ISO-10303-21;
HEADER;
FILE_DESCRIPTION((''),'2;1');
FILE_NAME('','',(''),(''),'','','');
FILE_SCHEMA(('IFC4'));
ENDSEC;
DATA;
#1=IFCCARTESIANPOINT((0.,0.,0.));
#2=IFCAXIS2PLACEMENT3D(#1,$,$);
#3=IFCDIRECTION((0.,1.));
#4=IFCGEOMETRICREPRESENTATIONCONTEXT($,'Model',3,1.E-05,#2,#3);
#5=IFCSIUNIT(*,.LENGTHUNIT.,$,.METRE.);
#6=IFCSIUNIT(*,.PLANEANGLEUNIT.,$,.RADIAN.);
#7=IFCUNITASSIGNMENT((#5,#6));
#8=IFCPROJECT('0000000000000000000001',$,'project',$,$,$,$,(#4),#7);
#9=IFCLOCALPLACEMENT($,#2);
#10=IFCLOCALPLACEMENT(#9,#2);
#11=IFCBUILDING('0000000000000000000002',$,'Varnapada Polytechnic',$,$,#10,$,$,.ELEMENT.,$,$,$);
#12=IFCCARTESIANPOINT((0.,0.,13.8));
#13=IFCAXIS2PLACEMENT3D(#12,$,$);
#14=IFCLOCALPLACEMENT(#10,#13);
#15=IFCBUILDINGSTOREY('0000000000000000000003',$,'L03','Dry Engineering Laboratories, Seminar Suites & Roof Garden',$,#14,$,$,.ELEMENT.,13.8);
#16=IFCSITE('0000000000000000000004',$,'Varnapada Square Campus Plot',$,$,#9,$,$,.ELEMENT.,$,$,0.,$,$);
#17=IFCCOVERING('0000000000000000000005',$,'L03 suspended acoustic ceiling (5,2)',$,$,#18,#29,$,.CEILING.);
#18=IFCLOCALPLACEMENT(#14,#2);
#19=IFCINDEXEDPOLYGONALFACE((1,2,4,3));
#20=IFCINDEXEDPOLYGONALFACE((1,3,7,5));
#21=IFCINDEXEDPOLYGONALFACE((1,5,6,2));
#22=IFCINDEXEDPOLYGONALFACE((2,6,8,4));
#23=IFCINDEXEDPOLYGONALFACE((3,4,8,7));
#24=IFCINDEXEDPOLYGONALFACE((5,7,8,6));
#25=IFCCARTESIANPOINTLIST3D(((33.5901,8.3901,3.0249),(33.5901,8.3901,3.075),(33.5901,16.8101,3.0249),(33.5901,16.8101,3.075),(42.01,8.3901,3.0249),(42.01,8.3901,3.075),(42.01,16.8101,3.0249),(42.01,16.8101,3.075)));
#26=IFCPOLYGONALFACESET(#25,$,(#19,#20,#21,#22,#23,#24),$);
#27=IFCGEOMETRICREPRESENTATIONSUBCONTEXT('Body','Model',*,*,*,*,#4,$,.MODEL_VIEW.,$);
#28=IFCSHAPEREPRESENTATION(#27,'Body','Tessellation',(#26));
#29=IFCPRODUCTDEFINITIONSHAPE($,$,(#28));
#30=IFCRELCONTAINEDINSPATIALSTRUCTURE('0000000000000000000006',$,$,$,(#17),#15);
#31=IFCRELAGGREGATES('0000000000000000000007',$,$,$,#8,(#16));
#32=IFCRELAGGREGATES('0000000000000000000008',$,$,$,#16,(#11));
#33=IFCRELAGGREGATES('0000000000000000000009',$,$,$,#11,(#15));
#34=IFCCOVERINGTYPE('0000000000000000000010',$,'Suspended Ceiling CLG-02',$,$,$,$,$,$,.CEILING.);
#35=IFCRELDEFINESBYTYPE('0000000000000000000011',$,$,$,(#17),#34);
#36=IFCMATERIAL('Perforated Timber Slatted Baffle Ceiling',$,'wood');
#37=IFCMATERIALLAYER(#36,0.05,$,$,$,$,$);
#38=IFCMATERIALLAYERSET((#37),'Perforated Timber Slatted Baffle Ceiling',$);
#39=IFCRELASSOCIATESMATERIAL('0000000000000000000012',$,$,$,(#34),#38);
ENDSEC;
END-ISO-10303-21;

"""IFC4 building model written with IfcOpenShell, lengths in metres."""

from ifc_helpers import new_model, si_unit, direction, frame, origin, origin_2d, place, context, subcontext, project, spatial, rectangle, extrude, material, layer, layer_set, type_object, element, save


model = new_model("IFC4")

# Units and contexts
model_context = context("Model", 3, precision=1e-05, world=origin(), true_north=direction((0.0, 1.0)))
body_context = subcontext(model_context, "Body", "Model", "MODEL_VIEW")
ifc_project = project(units=[si_unit("LENGTHUNIT", "METRE"), si_unit("PLANEANGLEUNIT", "RADIAN")], contexts=[model_context])

# Site, building, storey
site_placement = place(None, origin())
site = spatial("IfcSite", under=ifc_project, at=site_placement, Name="Varnapada Square Campus Plot", CompositionType="ELEMENT", RefElevation=0.0)
building_placement = place(site_placement, origin())
building = spatial("IfcBuilding", under=site, at=building_placement, Name="Varnapada Polytechnic", CompositionType="ELEMENT")
storey_placement = place(building_placement, frame((0.0, 0.0, 13.8)))
storey = spatial("IfcBuildingStorey", under=building, at=storey_placement, Name="L03", Description="Dry Engineering Laboratories, Seminar Suites & Roof Garden", CompositionType="ELEMENT", Elevation=13.8)

# Covering
ifc_material_1 = material(Name="Perforated Timber Slatted Baffle Ceiling", Category="wood")
ifc_layer_1 = layer(ifc_material_1, 0.05)
ifc_layer_set_1 = layer_set([ifc_layer_1], Name="Perforated Timber Slatted Baffle Ceiling")
covering_type_1 = type_object("IfcCoveringType", Name="Suspended Ceiling CLG-02", PredefinedType="CEILING", material=ifc_layer_set_1)
for number, where, z_axis, x_axis, name in (
    (1, (37.8, 12.6001, 3.0249), (0.0, 0.0, 1.0), (1.0, 0.0, 0.0), "L03 suspended acoustic ceiling (5,2)"),
):
    element("IfcCovering", number, at=place(storey_placement, frame(where, z_axis=z_axis, x_axis=x_axis)), inside=storey, type_object=covering_type_1, Name=name, PredefinedType="CEILING", context=body_context, shape_type="SweptSolid", body=[
        extrude(rectangle(XDim=8.4199, YDim=8.4199, at=origin_2d()), origin(), (0.0, 0.0, 1.0), 0.05),
    ])

save(model, "model.ifc")
